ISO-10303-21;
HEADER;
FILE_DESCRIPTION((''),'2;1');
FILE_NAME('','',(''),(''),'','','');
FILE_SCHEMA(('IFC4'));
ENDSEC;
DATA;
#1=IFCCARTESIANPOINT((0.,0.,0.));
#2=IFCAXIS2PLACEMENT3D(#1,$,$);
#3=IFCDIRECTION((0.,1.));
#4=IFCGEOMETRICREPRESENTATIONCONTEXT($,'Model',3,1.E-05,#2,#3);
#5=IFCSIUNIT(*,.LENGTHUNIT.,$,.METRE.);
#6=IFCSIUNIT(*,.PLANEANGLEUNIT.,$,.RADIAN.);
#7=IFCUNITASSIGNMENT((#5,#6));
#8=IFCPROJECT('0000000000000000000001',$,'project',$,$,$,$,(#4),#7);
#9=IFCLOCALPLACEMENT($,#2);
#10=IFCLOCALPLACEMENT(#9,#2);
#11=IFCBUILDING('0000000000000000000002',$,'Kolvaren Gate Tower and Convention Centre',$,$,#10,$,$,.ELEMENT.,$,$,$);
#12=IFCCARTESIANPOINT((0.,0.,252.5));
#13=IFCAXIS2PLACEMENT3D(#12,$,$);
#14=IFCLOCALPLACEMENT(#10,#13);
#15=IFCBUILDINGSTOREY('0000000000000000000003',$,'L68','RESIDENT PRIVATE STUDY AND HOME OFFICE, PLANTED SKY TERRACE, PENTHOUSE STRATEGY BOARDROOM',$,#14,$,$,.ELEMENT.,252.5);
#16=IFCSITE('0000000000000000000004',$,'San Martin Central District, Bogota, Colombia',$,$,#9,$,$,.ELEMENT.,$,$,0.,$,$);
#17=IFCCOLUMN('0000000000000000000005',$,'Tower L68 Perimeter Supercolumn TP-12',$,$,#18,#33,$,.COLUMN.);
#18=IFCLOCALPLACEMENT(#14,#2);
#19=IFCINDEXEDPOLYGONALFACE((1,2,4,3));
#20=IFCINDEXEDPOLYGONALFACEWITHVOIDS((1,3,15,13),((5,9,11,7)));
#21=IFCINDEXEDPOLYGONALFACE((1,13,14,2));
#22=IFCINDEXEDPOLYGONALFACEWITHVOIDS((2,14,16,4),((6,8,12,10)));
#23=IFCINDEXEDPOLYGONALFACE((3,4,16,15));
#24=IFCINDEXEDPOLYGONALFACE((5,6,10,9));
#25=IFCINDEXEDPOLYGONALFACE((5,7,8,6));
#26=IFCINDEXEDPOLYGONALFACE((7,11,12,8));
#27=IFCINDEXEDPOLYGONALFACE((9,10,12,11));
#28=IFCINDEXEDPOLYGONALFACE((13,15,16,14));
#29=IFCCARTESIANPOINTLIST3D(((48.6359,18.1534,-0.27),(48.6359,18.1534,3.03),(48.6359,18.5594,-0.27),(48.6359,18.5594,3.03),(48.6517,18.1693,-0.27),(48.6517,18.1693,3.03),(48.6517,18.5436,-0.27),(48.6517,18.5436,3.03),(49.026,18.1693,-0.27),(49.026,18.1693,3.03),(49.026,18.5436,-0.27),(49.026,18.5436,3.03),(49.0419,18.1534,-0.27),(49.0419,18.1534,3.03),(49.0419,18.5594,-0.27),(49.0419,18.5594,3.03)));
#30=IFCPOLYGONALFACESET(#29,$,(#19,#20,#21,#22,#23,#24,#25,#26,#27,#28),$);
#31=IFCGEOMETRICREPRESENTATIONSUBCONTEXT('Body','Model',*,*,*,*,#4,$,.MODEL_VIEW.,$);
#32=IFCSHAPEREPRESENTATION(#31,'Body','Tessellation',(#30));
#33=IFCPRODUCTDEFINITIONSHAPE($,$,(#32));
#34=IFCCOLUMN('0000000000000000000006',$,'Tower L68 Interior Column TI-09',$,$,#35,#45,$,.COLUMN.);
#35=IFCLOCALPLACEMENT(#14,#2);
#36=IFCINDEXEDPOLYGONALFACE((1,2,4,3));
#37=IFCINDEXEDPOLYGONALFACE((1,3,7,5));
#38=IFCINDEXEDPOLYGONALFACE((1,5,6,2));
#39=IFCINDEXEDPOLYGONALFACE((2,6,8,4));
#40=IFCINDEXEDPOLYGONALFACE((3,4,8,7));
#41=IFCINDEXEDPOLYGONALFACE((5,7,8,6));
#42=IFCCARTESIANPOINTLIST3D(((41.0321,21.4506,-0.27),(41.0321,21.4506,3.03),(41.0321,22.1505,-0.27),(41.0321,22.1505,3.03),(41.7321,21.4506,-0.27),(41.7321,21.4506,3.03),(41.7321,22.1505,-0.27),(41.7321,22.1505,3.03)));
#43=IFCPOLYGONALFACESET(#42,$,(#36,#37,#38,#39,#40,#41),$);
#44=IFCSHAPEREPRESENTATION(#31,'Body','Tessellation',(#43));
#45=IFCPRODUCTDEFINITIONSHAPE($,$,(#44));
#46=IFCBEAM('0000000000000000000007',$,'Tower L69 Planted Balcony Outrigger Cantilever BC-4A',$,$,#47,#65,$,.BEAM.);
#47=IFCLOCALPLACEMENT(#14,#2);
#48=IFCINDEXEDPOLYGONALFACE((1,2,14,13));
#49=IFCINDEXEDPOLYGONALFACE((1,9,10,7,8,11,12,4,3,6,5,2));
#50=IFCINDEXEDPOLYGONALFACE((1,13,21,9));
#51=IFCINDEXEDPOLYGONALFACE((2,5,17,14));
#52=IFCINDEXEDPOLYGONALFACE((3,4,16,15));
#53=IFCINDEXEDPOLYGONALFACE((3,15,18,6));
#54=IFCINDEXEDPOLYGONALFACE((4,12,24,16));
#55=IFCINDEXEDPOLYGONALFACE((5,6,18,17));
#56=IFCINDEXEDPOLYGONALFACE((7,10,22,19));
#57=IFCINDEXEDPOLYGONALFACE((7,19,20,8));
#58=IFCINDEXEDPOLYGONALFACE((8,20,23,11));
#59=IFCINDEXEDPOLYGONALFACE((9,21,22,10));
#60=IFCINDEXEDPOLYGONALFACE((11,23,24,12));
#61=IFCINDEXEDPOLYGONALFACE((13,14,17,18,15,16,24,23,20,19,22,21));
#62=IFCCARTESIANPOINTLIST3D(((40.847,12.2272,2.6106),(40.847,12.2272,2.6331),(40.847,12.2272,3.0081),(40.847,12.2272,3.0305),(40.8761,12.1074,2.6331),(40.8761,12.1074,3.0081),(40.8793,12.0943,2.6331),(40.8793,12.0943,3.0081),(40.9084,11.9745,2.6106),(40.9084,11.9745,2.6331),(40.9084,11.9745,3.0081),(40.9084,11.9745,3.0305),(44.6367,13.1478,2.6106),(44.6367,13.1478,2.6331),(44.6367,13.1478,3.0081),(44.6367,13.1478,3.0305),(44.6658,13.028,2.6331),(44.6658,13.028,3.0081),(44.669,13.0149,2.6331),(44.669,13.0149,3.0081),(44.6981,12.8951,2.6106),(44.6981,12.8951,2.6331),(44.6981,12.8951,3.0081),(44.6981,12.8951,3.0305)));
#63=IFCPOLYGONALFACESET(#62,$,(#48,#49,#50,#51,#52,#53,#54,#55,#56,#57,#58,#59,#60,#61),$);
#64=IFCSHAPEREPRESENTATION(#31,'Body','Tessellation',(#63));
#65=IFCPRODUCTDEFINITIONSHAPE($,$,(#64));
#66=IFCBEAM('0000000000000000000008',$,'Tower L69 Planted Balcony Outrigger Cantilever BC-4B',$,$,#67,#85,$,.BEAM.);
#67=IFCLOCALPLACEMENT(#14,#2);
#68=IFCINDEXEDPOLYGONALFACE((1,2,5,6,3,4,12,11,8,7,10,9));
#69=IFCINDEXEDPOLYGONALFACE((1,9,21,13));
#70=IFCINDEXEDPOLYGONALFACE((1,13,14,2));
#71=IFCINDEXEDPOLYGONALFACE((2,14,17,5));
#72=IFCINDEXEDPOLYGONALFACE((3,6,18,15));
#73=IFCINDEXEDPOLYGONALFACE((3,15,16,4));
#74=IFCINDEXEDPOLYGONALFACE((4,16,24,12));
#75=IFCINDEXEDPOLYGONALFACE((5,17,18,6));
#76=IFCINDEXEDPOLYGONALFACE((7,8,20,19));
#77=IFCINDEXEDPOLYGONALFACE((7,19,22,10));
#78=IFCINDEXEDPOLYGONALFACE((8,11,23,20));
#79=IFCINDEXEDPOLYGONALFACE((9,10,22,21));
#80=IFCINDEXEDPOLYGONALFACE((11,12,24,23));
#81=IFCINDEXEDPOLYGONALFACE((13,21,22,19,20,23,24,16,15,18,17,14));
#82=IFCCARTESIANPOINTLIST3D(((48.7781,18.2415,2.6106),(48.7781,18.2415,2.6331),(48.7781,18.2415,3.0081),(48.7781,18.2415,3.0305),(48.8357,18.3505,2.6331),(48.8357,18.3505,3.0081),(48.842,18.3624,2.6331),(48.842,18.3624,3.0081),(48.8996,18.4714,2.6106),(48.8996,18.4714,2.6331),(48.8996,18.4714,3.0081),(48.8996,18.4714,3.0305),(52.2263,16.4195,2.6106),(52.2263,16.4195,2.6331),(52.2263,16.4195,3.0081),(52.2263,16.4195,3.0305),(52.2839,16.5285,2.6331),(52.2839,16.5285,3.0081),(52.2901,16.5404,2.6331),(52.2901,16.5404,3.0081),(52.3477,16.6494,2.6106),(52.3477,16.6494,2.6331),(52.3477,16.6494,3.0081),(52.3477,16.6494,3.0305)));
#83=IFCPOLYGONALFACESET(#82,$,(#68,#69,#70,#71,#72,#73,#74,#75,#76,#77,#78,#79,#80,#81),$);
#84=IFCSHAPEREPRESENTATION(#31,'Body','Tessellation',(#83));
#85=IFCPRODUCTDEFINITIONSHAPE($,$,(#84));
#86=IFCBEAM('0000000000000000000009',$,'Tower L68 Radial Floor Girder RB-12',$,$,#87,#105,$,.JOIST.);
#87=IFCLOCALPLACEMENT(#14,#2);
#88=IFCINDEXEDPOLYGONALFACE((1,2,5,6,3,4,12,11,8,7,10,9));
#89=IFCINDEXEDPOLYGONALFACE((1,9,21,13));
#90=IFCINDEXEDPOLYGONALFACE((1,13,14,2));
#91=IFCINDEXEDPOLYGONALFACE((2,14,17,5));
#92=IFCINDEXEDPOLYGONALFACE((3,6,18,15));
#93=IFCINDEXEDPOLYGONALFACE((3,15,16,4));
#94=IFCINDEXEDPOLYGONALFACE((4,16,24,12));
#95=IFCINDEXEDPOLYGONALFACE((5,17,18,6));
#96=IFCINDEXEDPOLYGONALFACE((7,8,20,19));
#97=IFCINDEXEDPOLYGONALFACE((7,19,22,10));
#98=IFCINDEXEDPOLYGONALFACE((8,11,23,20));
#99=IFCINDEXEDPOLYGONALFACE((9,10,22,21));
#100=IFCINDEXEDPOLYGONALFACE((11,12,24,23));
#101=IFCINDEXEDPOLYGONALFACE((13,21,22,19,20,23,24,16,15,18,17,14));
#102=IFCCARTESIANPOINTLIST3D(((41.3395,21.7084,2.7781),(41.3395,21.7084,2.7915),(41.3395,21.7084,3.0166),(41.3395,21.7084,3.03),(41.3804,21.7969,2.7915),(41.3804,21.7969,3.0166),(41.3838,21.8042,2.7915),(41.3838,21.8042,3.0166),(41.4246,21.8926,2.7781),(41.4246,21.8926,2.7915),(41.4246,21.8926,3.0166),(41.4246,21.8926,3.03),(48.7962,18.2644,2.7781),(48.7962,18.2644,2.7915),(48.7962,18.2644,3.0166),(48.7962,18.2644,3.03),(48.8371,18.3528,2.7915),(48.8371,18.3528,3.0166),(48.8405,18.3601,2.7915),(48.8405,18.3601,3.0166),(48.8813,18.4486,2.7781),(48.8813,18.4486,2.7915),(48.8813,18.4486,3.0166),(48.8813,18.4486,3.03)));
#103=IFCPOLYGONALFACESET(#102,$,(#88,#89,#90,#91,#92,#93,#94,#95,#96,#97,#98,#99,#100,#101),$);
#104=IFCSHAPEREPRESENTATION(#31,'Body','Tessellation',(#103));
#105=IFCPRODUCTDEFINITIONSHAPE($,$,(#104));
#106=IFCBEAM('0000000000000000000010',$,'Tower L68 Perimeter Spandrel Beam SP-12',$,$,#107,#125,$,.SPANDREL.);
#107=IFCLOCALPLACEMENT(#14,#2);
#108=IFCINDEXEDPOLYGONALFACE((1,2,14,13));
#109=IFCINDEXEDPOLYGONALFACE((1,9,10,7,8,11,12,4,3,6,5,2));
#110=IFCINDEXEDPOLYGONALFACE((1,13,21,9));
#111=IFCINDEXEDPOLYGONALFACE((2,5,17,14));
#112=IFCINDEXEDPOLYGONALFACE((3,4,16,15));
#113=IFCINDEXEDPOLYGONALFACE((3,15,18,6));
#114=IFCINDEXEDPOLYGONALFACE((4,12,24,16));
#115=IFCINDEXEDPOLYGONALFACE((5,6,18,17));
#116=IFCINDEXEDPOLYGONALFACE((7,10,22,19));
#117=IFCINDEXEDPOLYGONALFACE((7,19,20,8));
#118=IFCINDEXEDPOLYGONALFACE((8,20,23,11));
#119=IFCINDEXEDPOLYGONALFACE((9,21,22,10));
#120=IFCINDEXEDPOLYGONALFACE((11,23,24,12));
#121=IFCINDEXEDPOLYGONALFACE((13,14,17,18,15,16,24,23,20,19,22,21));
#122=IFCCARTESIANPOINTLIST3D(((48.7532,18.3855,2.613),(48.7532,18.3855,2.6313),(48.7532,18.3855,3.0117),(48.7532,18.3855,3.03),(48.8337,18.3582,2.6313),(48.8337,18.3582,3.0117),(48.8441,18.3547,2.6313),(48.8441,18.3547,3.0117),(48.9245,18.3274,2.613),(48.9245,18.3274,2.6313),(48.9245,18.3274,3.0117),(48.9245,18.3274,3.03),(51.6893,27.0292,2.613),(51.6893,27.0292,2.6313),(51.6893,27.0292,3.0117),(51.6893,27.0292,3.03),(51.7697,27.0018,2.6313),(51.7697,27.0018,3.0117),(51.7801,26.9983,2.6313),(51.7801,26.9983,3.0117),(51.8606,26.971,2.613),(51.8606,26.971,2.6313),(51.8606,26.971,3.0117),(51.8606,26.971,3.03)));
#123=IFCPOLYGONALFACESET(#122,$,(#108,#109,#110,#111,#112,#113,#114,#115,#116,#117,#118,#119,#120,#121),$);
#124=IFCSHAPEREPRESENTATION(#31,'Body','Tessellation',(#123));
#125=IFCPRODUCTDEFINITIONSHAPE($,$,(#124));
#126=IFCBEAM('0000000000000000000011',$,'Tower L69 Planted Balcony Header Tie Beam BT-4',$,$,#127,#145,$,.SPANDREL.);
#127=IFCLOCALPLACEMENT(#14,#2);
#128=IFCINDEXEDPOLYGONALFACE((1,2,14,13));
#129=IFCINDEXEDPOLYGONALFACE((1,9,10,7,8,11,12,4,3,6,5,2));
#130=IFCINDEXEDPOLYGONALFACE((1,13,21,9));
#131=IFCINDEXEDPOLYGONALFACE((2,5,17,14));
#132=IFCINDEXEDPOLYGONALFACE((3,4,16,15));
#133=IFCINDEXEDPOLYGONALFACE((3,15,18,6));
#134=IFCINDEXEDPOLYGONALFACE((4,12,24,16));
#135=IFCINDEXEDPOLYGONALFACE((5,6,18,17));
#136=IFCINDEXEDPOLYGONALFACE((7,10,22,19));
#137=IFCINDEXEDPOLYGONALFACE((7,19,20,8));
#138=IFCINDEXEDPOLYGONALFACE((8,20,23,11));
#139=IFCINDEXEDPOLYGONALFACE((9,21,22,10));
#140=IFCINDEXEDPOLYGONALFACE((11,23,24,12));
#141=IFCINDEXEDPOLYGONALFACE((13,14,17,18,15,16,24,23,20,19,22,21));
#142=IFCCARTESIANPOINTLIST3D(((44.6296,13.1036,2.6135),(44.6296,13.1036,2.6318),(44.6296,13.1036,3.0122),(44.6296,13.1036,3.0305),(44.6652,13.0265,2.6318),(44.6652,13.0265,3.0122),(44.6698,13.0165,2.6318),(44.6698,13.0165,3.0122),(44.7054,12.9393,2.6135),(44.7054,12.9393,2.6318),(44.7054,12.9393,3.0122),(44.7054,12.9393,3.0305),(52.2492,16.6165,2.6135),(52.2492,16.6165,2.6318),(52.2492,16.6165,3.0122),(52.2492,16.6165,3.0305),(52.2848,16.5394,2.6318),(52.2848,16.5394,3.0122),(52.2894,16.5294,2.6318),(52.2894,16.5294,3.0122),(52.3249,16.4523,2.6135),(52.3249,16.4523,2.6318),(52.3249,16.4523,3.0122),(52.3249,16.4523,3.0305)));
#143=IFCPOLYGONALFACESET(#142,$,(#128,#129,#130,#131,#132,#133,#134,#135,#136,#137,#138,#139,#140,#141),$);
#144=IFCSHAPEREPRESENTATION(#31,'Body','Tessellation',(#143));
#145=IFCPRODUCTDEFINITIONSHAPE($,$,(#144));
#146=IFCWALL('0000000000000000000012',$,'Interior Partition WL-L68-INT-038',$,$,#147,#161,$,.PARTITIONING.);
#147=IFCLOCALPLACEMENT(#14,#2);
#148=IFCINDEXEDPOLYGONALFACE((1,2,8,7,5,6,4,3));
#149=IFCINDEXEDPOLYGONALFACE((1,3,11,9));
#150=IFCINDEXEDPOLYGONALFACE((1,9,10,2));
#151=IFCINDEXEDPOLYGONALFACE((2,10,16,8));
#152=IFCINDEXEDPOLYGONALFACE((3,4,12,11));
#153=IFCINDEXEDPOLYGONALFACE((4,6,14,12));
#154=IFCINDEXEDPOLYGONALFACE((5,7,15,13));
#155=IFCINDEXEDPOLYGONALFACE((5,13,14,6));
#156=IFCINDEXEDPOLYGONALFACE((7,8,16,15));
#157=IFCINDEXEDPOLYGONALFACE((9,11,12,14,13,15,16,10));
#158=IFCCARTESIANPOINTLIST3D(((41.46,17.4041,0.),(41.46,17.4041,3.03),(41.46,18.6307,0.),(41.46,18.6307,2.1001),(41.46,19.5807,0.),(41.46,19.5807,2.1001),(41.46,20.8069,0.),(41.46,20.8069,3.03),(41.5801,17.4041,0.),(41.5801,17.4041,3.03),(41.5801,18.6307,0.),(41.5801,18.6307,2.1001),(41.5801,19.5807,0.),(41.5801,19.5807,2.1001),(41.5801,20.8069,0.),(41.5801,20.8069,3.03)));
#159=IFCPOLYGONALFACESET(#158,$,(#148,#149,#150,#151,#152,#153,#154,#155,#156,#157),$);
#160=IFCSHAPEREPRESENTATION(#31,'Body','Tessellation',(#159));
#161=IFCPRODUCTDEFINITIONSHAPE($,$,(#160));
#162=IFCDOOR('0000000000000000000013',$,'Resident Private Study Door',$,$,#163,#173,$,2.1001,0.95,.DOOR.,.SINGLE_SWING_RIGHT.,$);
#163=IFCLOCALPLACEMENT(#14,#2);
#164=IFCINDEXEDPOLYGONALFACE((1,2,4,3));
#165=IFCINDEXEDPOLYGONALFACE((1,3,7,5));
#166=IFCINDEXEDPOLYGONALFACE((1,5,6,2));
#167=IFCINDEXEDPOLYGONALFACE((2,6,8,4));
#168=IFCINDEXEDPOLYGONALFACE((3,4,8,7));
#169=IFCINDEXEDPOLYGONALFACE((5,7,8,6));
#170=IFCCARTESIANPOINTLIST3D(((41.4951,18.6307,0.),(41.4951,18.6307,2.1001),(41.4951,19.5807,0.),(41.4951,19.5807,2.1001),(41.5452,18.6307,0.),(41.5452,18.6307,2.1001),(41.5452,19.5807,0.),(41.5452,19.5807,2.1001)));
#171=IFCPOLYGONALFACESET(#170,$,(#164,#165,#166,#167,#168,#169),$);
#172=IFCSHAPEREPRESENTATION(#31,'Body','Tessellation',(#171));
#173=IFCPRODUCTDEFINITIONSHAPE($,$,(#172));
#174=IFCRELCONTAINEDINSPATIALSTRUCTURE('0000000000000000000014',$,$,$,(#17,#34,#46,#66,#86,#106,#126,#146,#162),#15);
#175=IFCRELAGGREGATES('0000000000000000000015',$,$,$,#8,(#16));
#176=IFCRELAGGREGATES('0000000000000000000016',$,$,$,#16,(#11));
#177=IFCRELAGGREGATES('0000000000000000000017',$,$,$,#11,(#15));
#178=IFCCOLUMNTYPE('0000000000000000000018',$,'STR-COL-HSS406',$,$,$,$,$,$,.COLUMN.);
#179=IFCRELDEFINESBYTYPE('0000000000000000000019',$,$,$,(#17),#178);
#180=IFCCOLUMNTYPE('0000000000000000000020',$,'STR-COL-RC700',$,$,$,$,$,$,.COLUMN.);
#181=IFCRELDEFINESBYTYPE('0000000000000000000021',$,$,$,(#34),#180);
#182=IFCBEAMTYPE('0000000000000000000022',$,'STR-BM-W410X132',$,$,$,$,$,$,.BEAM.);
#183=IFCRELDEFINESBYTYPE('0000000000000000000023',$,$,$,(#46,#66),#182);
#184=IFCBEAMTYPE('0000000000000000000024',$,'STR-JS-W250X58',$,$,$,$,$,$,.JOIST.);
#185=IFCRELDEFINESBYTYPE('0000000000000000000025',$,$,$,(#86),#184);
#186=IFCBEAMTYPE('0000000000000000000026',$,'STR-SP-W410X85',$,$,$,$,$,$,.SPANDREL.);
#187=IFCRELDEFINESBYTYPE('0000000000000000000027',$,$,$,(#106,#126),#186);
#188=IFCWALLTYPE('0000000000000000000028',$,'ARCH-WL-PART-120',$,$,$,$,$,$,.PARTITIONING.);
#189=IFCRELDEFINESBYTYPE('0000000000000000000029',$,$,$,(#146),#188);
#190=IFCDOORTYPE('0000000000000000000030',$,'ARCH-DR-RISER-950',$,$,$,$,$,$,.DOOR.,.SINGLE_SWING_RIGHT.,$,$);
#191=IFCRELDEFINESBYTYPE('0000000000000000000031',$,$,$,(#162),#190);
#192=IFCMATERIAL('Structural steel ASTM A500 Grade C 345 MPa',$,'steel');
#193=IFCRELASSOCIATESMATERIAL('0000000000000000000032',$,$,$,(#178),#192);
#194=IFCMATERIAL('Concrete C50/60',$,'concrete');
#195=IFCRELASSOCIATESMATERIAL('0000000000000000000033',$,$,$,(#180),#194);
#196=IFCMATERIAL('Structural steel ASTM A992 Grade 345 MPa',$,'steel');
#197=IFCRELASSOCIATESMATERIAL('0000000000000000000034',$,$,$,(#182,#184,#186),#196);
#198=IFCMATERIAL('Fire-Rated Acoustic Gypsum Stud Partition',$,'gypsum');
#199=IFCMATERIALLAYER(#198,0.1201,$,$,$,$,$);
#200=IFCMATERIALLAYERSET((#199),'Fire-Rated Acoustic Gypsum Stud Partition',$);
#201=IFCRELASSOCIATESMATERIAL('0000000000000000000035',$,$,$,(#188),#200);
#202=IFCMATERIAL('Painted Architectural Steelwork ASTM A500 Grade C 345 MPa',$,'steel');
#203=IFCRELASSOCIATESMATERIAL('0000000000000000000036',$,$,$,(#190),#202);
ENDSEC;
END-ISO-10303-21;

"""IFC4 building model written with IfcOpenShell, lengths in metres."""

from ifc_helpers import new_model, si_unit, direction, frame, frame_2d, origin, origin_2d, place, context, subcontext, project, spatial, rectangle, hollow_rectangle, i_section, extrude, material, layer, layer_set, material_profile, profile_set, type_object, element, fill, save


model = new_model("IFC4")

# Units and contexts
model_context = context("Model", 3, precision=1e-05, world=origin(), true_north=direction((0.0, 1.0)))
body_context = subcontext(model_context, "Body", "Model", "MODEL_VIEW")
ifc_project = project(units=[si_unit("LENGTHUNIT", "METRE"), si_unit("PLANEANGLEUNIT", "RADIAN")], contexts=[model_context])

# Site, building, storey
site_placement = place(None, origin())
site = spatial("IfcSite", under=ifc_project, at=site_placement, Name="San Martin Central District, Bogota, Colombia", CompositionType="ELEMENT", RefElevation=0.0)
building_placement = place(site_placement, origin())
building = spatial("IfcBuilding", under=site, at=building_placement, Name="Kolvaren Gate Tower and Convention Centre", CompositionType="ELEMENT")
storey_placement = place(building_placement, frame((0.0, 0.0, 252.5)))
storey = spatial("IfcBuildingStorey", under=building, at=storey_placement, Name="L68", Description="RESIDENT PRIVATE STUDY AND HOME OFFICE, PLANTED SKY TERRACE, PENTHOUSE STRATEGY BOARDROOM", CompositionType="ELEMENT", Elevation=252.5)

# Columns
ifc_material_1 = material(Name="Structural steel ASTM A500 Grade C 345 MPa", Category="steel")
ifc_material_profile_1 = material_profile(ifc_material_1, hollow_rectangle(XDim=0.406, YDim=0.406, WallThickness=0.0159, at=origin_2d()), Name="HSS406X406X15.9")
ifc_profile_set_1 = profile_set([ifc_material_profile_1], Name="Structural steel ASTM A500 Grade C 345 MPa")
column_type_1 = type_object("IfcColumnType", Name="STR-COL-HSS406", PredefinedType="COLUMN", material=ifc_profile_set_1)
column_1_placement = place(storey_placement, frame((48.8389, 18.3564, -0.27), z_axis=(0.0, 0.0, 1.0), x_axis=(1.0, 0.0, 0.0)))
element("IfcColumn", 1, at=column_1_placement, inside=storey, type_object=column_type_1, Name="Tower L68 Perimeter Supercolumn TP-12", PredefinedType="COLUMN", context=body_context, shape_type="SweptSolid", body=[
    extrude(hollow_rectangle(XDim=0.406, YDim=0.406, WallThickness=0.0159, at=origin_2d()), origin(), (0.0, 0.0, 1.0), 3.3),
])
ifc_material_2 = material(Name="Concrete C50/60", Category="concrete")
ifc_material_profile_2 = material_profile(ifc_material_2, rectangle(XDim=0.7, YDim=0.7, at=origin_2d()), Name="RC-COL-700X700")
ifc_profile_set_2 = profile_set([ifc_material_profile_2], Name="Concrete C50/60")
column_type_2 = type_object("IfcColumnType", Name="STR-COL-RC700", PredefinedType="COLUMN", material=ifc_profile_set_2)
column_2_placement = place(storey_placement, frame((41.3821, 21.8005, -0.27), z_axis=(0.0, 0.0, 1.0), x_axis=(1.0, 0.0, 0.0)))
element("IfcColumn", 2, at=column_2_placement, inside=storey, type_object=column_type_2, Name="Tower L68 Interior Column TI-09", PredefinedType="COLUMN", context=body_context, shape_type="SweptSolid", body=[
    extrude(rectangle(XDim=0.7, YDim=0.7, at=origin_2d()), origin(), (0.0, 0.0, 1.0), 3.3),
])

# Beams
ifc_material_3 = material(Name="Structural steel ASTM A992 Grade 345 MPa", Category="steel")
ifc_material_profile_3 = material_profile(ifc_material_3, i_section(OverallWidth=0.26, OverallDepth=0.4199, WebThickness=0.0134, FlangeThickness=0.0225, at=origin_2d()), Name="W410X132")
ifc_profile_set_3 = profile_set([ifc_material_profile_3], Name="Structural steel ASTM A992 Grade 345 MPa")
beam_type_1 = type_object("IfcBeamType", Name="STR-BM-W410X132", PredefinedType="BEAM", material=ifc_profile_set_3)
for number, where, z_axis, x_axis, name in (
    (3, (40.8777, 12.1008, 2.8206), (0.971737, 0.236064, 0.0), (-0.236064, 0.971737, 0.0), "Tower L69 Planted Balcony Outrigger Cantilever BC-4A"),
    (4, (48.8389, 18.3564, 2.8206), (0.884161, -0.467183, 0.0), (0.467183, 0.884161, 0.0), "Tower L69 Planted Balcony Outrigger Cantilever BC-4B"),
):
    element("IfcBeam", number, at=place(storey_placement, frame(where, z_axis=z_axis, x_axis=x_axis)), inside=storey, type_object=beam_type_1, Name=name, PredefinedType="BEAM", context=body_context, shape_type="SweptSolid", body=[
        extrude(i_section(OverallWidth=0.26, OverallDepth=0.4199, WebThickness=0.0134, FlangeThickness=0.0225, at=origin_2d()), origin(), (0.0, 0.0, 1.0), 3.8999),
    ])
ifc_material_profile_4 = material_profile(ifc_material_3, i_section(OverallWidth=0.2029, OverallDepth=0.252, WebThickness=0.0081, FlangeThickness=0.0134, at=origin_2d()), Name="W250X58")
ifc_profile_set_4 = profile_set([ifc_material_profile_4], Name="Structural steel ASTM A992 Grade 345 MPa")
beam_type_2 = type_object("IfcBeamType", Name="STR-JS-W250X58", PredefinedType="JOIST", material=ifc_profile_set_4)
beam_1_placement = place(storey_placement, frame((41.3821, 21.8005, 2.9041), z_axis=(0.907844, -0.419309, 0.0), x_axis=(0.419309, 0.907844, 0.0)))
element("IfcBeam", 5, at=beam_1_placement, inside=storey, type_object=beam_type_2, Name="Tower L68 Radial Floor Girder RB-12", PredefinedType="JOIST", context=body_context, shape_type="SweptSolid", body=[
    extrude(i_section(OverallWidth=0.2029, OverallDepth=0.252, WebThickness=0.0081, FlangeThickness=0.0134, at=origin_2d()), origin(), (0.0, 0.0, 1.0), 8.2136),
])
ifc_material_profile_5 = material_profile(ifc_material_3, i_section(OverallWidth=0.1809, OverallDepth=0.417, WebThickness=0.011, FlangeThickness=0.0183, at=origin_2d()), Name="W410X85")
ifc_profile_set_5 = profile_set([ifc_material_profile_5], Name="Structural steel ASTM A992 Grade 345 MPa")
beam_type_3 = type_object("IfcBeamType", Name="STR-SP-W410X85", PredefinedType="SPANDREL", material=ifc_profile_set_5)
beam_2_placement = place(storey_placement, frame((48.8389, 18.3564, 2.8215), z_axis=(0.32163, 0.946865, 0.0), x_axis=(-0.946865, 0.32163, 0.0)))
element("IfcBeam", 6, at=beam_2_placement, inside=storey, type_object=beam_type_3, Name="Tower L68 Perimeter Spandrel Beam SP-12", PredefinedType="SPANDREL", context=body_context, shape_type="SweptSolid", body=[
    extrude(i_section(OverallWidth=0.1809, OverallDepth=0.417, WebThickness=0.011, FlangeThickness=0.0183, at=origin_2d()), origin(), (0.0, 0.0, 1.0), 9.1287),
])
beam_3_placement = place(storey_placement, frame((44.6675, 13.0215, 2.822), z_axis=(0.908132, 0.418684, 0.0), x_axis=(-0.418684, 0.908132, 0.0)))
element("IfcBeam", 7, at=beam_3_placement, inside=storey, type_object=beam_type_3, Name="Tower L69 Planted Balcony Header Tie Beam BT-4", PredefinedType="SPANDREL", context=body_context, shape_type="SweptSolid", body=[
    extrude(i_section(OverallWidth=0.1809, OverallDepth=0.417, WebThickness=0.011, FlangeThickness=0.0183, at=origin_2d()), origin(), (0.0, 0.0, 1.0), 8.3904),
])

# Wall, opening, door
ifc_material_4 = material(Name="Fire-Rated Acoustic Gypsum Stud Partition", Category="gypsum")
ifc_layer_1 = layer(ifc_material_4, 0.1201)
ifc_layer_set_1 = layer_set([ifc_layer_1], Name="Fire-Rated Acoustic Gypsum Stud Partition")
wall_type_1 = type_object("IfcWallType", Name="ARCH-WL-PART-120", PredefinedType="PARTITIONING", material=ifc_layer_set_1)
wall_1_placement = place(storey_placement, frame((41.52, 17.4041, 0.0), z_axis=(0.0, 0.0, 1.0), x_axis=(0.0, 1.0, 0.0)))
wall_1 = element("IfcWall", 8, at=wall_1_placement, inside=storey, type_object=wall_type_1, Name="Interior Partition WL-L68-INT-038", PredefinedType="PARTITIONING", context=body_context, shape_type="SweptSolid", body=[
    extrude(rectangle(XDim=3.4028, YDim=0.1201, at=frame_2d((1.7014, 0.0))), origin(), (0.0, 0.0, 1.0), 3.03),
])
opening_1_placement = place(wall_1_placement, frame((1.2266, 0.0, 0.0)))
opening_1 = element("IfcOpeningElement", 9, at=opening_1_placement, cuts=wall_1, PredefinedType="OPENING", context=body_context, shape_type="SweptSolid", body=[
    extrude(rectangle(XDim=0.95, YDim=2.1001, at=frame_2d((0.4751, 1.05))), frame((0.0, 0.0701, 0.0), z_axis=(0.0, -1.0, 0.0), x_axis=(1.0, 0.0, 0.0)), (0.0, 0.0, 1.0), 0.1401),
])
ifc_material_5 = material(Name="Painted Architectural Steelwork ASTM A500 Grade C 345 MPa", Category="steel")
door_type_1 = type_object("IfcDoorType", Name="ARCH-DR-RISER-950", OperationType="SINGLE_SWING_RIGHT", PredefinedType="DOOR", material=ifc_material_5)
door_1_placement = place(opening_1_placement, origin())
door_1 = element("IfcDoor", 10, at=door_1_placement, inside=storey, type_object=door_type_1, Name="Resident Private Study Door", OperationType="SINGLE_SWING_RIGHT", OverallHeight=2.1001, OverallWidth=0.95, PredefinedType="DOOR", context=body_context, shape_type="SweptSolid", body=[
    extrude(rectangle(XDim=0.95, YDim=2.1001, at=frame_2d((0.4751, 1.05))), frame((0.0, 0.0249, 0.0), z_axis=(0.0, -1.0, 0.0), x_axis=(1.0, 0.0, 0.0)), (0.0, 0.0, 1.0), 0.05),
])
fill(opening_1, door_1)

save(model, "model.ifc")
